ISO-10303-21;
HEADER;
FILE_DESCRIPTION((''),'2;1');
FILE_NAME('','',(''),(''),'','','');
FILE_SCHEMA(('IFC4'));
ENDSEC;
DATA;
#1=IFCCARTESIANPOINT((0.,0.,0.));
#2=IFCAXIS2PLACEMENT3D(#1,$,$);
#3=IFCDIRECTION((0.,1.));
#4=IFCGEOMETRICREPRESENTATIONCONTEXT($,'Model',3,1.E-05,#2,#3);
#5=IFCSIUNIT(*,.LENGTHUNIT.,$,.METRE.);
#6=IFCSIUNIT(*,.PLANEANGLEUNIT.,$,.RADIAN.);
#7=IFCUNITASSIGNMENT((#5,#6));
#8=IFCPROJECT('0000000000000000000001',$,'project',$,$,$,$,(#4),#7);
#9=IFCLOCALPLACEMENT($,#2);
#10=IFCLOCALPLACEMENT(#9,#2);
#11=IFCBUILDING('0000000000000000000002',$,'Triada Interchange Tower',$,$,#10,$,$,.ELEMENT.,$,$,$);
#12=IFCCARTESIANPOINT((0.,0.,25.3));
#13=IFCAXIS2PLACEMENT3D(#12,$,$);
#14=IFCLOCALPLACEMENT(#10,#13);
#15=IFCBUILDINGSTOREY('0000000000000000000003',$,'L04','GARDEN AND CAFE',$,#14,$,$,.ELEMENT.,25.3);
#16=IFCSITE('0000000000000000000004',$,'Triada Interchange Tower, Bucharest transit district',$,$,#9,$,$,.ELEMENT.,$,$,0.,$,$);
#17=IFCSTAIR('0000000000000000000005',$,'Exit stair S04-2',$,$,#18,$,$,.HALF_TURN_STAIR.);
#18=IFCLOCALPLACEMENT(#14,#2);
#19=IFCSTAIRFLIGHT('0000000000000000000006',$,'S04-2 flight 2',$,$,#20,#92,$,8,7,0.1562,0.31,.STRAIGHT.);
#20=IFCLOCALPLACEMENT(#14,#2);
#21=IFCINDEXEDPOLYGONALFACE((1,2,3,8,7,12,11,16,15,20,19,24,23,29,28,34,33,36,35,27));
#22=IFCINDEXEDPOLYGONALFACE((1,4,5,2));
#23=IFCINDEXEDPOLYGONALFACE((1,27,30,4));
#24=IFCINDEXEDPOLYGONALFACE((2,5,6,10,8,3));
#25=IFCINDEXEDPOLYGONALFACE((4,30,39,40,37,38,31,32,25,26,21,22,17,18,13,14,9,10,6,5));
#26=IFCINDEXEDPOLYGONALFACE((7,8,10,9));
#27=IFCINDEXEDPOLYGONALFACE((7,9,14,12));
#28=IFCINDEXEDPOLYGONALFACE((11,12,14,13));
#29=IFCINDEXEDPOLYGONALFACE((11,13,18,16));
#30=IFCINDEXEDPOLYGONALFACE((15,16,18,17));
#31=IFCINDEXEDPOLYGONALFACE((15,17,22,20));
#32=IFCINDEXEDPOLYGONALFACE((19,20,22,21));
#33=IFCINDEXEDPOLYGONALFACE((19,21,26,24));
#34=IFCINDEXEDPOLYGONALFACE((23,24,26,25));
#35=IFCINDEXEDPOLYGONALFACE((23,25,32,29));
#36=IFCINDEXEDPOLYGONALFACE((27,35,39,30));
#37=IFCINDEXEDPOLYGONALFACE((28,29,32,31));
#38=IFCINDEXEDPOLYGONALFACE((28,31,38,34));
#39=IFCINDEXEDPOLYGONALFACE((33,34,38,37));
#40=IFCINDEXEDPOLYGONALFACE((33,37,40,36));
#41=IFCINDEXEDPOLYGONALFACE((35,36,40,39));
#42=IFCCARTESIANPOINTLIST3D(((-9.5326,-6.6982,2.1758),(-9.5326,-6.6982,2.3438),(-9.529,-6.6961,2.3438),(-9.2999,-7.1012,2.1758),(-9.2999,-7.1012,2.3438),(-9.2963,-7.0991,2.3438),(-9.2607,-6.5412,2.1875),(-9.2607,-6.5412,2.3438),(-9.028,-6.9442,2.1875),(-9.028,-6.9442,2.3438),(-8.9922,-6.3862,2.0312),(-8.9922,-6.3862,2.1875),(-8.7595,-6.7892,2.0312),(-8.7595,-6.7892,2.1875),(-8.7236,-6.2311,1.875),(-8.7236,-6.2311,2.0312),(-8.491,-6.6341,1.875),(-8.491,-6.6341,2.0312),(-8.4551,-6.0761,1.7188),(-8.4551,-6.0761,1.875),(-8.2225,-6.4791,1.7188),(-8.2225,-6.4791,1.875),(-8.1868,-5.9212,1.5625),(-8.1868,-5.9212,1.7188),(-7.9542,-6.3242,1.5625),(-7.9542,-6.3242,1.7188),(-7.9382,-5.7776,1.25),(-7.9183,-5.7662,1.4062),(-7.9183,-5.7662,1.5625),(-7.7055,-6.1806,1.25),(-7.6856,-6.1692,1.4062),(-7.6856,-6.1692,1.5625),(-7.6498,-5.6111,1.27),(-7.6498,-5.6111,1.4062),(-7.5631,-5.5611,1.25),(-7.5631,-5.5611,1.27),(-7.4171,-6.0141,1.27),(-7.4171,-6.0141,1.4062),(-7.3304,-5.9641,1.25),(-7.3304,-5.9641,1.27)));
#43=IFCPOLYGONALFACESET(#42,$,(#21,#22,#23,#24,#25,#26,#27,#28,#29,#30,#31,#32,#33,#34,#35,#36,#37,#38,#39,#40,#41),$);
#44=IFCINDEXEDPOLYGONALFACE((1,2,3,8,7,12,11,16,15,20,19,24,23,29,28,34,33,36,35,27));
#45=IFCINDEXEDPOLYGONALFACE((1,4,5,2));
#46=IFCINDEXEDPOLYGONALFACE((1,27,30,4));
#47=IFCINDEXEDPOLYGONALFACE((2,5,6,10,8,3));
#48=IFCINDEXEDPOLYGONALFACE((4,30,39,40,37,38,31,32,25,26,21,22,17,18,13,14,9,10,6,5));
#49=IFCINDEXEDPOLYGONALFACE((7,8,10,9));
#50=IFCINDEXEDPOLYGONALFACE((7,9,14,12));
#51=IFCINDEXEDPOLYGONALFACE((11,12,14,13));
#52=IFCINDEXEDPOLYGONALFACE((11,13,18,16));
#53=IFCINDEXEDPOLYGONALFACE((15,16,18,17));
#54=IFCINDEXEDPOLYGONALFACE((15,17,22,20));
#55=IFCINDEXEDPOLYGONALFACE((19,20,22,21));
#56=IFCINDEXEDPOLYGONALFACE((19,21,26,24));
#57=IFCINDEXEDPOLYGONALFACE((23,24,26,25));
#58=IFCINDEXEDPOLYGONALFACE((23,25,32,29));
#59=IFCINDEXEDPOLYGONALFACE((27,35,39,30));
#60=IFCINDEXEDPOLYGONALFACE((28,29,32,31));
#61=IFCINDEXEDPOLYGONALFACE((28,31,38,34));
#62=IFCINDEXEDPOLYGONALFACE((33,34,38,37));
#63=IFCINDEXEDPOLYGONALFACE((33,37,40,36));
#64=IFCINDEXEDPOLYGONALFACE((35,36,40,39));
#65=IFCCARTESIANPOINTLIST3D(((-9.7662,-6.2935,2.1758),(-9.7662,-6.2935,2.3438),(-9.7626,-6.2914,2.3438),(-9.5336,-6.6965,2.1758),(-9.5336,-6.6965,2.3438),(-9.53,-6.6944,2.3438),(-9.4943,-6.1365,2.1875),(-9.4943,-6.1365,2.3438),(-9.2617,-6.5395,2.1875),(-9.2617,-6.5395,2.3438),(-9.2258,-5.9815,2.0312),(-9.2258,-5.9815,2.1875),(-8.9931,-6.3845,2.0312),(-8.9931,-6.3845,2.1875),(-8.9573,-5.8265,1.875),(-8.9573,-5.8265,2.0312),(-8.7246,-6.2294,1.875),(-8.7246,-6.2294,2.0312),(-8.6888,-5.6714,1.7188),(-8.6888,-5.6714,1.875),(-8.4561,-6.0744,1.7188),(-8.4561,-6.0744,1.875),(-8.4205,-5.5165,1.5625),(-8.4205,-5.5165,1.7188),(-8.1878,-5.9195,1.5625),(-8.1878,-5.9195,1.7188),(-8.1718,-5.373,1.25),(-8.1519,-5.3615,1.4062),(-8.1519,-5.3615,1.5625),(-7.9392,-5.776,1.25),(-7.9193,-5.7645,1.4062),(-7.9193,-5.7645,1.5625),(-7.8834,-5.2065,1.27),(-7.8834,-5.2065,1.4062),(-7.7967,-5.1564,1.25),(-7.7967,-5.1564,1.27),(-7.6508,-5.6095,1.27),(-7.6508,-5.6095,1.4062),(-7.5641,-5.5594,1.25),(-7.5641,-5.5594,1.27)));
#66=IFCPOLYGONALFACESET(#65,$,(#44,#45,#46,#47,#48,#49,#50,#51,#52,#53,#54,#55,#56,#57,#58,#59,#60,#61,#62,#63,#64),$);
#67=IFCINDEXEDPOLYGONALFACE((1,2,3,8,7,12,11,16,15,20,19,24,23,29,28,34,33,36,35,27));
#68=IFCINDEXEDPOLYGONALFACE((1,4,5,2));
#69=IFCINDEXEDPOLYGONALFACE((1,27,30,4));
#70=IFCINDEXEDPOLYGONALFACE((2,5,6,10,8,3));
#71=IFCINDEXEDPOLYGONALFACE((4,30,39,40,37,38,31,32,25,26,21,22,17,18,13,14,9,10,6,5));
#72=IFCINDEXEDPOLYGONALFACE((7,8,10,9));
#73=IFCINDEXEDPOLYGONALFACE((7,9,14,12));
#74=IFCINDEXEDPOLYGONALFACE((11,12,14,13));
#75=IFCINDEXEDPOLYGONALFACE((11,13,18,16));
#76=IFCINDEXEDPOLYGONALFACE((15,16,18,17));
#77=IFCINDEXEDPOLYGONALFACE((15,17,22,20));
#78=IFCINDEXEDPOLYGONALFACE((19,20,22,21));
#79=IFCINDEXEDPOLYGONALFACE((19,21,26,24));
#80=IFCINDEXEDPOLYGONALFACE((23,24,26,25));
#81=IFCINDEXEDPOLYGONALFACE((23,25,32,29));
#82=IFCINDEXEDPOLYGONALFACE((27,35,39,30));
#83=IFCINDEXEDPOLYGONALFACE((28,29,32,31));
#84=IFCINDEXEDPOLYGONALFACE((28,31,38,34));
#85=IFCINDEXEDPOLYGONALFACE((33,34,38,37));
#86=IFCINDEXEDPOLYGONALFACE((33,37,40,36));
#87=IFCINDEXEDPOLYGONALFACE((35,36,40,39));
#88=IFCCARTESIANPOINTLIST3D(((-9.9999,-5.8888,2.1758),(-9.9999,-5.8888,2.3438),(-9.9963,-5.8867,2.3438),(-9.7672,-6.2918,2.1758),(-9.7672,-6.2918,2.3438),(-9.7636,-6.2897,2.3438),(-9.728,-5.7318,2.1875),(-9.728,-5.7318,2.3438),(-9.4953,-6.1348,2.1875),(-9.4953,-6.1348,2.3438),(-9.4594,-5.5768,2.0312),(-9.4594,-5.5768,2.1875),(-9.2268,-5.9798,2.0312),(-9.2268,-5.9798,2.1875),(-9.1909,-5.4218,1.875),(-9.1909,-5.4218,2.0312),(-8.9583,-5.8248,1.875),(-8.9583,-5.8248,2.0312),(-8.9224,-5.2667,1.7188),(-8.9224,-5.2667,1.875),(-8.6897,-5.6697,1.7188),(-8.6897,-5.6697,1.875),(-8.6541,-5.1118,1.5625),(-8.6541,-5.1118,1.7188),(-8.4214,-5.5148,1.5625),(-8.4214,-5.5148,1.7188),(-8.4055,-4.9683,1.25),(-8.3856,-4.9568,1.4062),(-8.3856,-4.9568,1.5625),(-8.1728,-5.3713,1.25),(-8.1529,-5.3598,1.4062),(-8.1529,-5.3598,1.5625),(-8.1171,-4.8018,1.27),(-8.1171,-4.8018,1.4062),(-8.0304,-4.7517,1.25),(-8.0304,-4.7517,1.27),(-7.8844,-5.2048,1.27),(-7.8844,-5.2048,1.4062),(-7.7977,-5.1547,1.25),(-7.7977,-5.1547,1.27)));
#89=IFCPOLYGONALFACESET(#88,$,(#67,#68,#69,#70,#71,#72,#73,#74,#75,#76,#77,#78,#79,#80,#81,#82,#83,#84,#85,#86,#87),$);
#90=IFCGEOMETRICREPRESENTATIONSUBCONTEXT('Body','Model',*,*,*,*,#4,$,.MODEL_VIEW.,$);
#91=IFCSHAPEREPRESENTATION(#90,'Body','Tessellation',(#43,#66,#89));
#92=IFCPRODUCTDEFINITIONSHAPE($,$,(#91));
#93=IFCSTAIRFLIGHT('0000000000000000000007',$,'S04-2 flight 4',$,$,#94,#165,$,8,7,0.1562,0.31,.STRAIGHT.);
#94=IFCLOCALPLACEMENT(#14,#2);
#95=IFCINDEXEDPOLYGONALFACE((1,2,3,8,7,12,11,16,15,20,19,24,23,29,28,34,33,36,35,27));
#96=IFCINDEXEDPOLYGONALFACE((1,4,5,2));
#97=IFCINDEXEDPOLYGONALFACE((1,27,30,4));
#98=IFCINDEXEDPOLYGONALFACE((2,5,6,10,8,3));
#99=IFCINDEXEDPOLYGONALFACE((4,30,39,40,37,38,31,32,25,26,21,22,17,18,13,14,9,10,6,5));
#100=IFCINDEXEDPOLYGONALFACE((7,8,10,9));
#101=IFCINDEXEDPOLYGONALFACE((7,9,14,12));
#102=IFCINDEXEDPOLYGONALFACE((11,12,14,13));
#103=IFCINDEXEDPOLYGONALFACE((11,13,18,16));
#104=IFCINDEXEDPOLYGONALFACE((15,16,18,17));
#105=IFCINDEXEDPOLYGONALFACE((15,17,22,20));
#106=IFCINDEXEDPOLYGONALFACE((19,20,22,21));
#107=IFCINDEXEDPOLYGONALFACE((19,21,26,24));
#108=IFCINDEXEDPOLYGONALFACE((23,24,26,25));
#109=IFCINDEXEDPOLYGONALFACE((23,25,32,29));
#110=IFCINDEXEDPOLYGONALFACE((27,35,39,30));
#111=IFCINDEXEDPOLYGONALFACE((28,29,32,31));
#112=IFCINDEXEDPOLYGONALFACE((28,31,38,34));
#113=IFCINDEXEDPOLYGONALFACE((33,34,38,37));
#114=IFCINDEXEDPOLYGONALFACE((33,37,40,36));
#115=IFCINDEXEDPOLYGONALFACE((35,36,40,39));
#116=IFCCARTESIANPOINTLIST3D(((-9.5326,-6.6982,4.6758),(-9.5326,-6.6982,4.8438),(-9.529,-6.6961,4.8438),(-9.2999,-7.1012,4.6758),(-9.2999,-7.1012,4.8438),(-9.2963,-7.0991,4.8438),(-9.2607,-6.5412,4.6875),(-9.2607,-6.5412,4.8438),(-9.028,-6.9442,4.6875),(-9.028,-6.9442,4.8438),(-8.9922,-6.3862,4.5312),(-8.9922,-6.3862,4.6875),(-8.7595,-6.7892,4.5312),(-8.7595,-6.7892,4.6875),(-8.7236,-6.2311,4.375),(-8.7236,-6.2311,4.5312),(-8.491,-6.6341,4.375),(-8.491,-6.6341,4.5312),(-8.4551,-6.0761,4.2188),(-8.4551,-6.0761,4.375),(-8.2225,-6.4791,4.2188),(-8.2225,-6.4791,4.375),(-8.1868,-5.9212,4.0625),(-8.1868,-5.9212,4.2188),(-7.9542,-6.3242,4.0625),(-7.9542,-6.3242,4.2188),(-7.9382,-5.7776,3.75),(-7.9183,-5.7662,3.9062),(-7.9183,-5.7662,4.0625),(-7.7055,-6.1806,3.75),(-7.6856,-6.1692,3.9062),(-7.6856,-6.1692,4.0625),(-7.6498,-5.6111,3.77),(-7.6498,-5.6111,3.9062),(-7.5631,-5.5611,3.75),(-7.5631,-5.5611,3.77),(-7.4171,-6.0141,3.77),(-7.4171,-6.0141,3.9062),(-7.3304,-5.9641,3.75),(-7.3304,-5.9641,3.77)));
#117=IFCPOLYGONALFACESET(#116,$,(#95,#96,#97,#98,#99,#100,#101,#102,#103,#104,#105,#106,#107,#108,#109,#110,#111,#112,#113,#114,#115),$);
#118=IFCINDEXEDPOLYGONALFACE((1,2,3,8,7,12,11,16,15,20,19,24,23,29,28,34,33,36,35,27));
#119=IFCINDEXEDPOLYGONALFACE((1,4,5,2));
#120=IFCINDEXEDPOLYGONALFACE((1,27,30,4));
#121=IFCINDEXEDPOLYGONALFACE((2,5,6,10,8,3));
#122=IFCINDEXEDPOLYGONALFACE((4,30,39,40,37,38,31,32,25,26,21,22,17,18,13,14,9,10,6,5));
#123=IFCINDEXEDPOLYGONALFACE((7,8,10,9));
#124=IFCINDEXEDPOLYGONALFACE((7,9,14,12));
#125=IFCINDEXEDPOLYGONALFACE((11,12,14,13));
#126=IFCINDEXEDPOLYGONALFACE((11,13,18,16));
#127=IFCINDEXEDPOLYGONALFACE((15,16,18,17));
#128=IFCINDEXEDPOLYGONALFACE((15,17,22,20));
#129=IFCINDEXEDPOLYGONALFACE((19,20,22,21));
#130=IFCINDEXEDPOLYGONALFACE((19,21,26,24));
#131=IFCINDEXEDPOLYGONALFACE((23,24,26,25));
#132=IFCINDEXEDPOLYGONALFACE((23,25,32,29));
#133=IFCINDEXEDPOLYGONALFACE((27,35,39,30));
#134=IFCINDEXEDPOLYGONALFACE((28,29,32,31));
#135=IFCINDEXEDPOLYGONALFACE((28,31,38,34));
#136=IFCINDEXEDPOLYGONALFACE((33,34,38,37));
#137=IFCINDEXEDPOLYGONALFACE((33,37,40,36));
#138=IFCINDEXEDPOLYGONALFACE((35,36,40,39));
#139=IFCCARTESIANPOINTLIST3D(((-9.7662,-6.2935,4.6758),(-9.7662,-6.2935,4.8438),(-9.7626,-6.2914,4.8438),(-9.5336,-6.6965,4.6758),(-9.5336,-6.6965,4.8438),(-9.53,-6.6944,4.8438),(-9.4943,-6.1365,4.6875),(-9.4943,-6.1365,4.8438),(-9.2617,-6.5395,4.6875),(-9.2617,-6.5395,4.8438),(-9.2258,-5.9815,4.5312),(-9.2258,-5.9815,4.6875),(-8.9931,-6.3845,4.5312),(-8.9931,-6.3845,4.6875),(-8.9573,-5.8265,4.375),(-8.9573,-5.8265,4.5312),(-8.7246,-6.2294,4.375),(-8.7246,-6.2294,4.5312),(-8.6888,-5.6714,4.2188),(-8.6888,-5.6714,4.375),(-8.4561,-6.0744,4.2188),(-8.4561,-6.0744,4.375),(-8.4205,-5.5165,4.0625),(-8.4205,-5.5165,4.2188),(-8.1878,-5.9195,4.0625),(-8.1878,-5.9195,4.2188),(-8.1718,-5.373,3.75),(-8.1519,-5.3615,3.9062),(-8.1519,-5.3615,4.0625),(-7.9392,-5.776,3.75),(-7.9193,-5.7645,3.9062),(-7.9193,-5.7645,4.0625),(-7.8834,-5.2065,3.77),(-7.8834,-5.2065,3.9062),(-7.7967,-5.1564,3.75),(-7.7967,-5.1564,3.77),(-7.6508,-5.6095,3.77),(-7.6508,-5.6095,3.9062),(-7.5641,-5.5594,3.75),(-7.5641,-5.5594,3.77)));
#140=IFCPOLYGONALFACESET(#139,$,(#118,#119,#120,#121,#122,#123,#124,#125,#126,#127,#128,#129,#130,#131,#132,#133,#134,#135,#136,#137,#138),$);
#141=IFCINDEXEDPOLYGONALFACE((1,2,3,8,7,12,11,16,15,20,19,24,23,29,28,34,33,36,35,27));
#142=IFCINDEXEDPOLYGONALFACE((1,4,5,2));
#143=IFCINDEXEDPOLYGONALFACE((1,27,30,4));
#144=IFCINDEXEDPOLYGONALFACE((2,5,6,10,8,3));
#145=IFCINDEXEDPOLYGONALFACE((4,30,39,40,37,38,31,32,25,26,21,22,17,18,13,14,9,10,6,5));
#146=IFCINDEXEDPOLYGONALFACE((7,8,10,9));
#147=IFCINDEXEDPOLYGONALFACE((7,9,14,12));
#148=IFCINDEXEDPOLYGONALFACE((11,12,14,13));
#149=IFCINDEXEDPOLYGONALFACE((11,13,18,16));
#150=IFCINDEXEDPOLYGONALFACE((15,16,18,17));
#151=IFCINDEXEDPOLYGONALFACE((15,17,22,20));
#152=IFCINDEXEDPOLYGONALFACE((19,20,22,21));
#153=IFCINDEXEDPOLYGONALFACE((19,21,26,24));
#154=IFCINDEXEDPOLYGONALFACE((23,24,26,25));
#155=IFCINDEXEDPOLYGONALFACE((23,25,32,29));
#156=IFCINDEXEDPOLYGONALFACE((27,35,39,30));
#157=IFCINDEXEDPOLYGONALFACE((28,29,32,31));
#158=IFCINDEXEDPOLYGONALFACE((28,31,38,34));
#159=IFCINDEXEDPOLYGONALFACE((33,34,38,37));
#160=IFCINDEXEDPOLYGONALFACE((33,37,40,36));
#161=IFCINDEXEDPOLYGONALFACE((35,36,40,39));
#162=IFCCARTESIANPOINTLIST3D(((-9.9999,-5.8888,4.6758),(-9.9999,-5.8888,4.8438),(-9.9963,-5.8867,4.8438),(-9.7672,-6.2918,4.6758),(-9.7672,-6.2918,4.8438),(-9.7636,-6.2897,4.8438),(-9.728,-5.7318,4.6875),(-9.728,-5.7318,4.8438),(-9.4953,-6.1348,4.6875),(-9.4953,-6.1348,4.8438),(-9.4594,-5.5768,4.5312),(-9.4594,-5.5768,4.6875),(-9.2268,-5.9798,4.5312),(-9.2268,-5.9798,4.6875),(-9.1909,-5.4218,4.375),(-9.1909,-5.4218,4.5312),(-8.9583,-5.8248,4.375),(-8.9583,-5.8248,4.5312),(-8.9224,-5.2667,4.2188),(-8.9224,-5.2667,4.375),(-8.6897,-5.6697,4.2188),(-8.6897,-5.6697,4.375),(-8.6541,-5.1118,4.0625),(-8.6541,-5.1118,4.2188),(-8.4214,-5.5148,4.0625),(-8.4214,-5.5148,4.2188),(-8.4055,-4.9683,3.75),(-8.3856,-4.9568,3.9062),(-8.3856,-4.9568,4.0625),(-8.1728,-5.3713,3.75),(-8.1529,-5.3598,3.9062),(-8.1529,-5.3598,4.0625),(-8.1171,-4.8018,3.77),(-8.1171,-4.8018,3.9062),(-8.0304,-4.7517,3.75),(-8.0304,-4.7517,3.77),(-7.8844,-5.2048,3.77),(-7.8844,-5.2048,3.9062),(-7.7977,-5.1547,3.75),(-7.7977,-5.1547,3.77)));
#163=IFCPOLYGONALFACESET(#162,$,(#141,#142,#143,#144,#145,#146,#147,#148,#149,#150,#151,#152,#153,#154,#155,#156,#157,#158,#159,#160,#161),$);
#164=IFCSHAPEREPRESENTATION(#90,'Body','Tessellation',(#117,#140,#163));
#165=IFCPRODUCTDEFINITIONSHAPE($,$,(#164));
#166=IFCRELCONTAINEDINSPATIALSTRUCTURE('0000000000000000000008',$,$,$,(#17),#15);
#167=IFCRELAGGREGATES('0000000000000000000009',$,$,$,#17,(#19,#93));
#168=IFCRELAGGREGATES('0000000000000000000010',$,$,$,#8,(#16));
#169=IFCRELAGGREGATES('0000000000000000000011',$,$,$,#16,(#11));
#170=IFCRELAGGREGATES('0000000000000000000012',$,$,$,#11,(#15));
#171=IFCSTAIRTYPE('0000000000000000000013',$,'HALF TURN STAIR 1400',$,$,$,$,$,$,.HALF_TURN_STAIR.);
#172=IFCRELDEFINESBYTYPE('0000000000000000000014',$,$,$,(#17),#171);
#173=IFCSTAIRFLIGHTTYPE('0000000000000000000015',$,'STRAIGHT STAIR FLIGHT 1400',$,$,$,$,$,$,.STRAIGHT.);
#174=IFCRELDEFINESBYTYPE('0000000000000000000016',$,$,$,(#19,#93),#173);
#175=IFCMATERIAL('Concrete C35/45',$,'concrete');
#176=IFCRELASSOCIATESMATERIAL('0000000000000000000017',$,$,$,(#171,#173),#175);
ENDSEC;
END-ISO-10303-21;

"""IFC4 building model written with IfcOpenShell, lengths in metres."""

from ifc_helpers import new_model, si_unit, direction, frame, origin, place, context, subcontext, project, spatial, polyline, outline, extrude, material, type_object, element, aggregate, save


model = new_model("IFC4")

# Units and contexts
model_context = context("Model", 3, precision=1e-05, world=origin(), true_north=direction((0.0, 1.0)))
body_context = subcontext(model_context, "Body", "Model", "MODEL_VIEW")
ifc_project = project(units=[si_unit("LENGTHUNIT", "METRE"), si_unit("PLANEANGLEUNIT", "RADIAN")], contexts=[model_context])

# Site, building, storey
site_placement = place(None, origin())
site = spatial("IfcSite", under=ifc_project, at=site_placement, Name="Triada Interchange Tower, Bucharest transit district", CompositionType="ELEMENT", RefElevation=0.0)
building_placement = place(site_placement, origin())
building = spatial("IfcBuilding", under=site, at=building_placement, Name="Triada Interchange Tower", CompositionType="ELEMENT")
storey_placement = place(building_placement, frame((0.0, 0.0, 25.3)))
storey = spatial("IfcBuildingStorey", under=building, at=storey_placement, Name="L04", Description="GARDEN AND CAFE", CompositionType="ELEMENT", Elevation=25.3)

# Stair, stair flights
ifc_material_1 = material(Name="Concrete C35/45", Category="concrete")
stair_type = type_object("IfcStairType", Name="HALF TURN STAIR 1400", PredefinedType="HALF_TURN_STAIR", material=ifc_material_1)
stair_placement = place(storey_placement, origin())
stair = element("IfcStair", 1, at=stair_placement, inside=storey, type_object=stair_type, Name="Exit stair S04-2", PredefinedType="HALF_TURN_STAIR")
stair_flight_type = type_object("IfcStairFlightType", Name="STRAIGHT STAIR FLIGHT 1400", PredefinedType="STRAIGHT", material=ifc_material_1)
stair_flight_1_placement = place(storey_placement, frame((-7.7671, -5.408, 1.25), z_axis=(0.0, 0.0, 1.0), x_axis=(-0.866025, -0.5, 0.0)))
stair_flight_1 = element("IfcStairFlight", 2, at=stair_flight_1_placement, type_object=stair_flight_type, Name="S04-2 flight 2", NumberOfRisers=8, NumberOfTreads=7, PredefinedType="STRAIGHT", RiserHeight=0.1562, TreadLength=0.31, context=body_context, shape_type="SweptSolid", body=[
    extrude(outline(polyline([(-0.1001, 0.0), (-0.1001, 0.02), (0.0, 0.02), (0.0, 0.1562), (0.3101, 0.1562), (0.3101, 0.3125), (0.6201, 0.3125), (0.6201, 0.4688), (0.9299, 0.4688), (0.9299, 0.625), (1.24, 0.625), (1.24, 0.7812), (1.55, 0.7812), (1.55, 0.9375), (1.8601, 0.9375), (1.8601, 1.0938), (2.1699, 1.0938), (2.1741, 1.0938), (2.1741, 1.25), (2.1741, 0.9258), (0.333, 0.0), (-0.1001, 0.0)])), frame((0.0, 0.7, 0.0), z_axis=(0.0, -1.0, 0.0), x_axis=(1.0, 0.0, 0.0)), (0.0, 0.0, 1.0), 0.4653),
    extrude(outline(polyline([(-0.1001, 0.0), (-0.1001, 0.02), (0.0, 0.02), (0.0, 0.1562), (0.3101, 0.1562), (0.3101, 0.3125), (0.6201, 0.3125), (0.6201, 0.4688), (0.9299, 0.4688), (0.9299, 0.625), (1.24, 0.625), (1.24, 0.7812), (1.55, 0.7812), (1.55, 0.9375), (1.8601, 0.9375), (1.8601, 1.0938), (2.1699, 1.0938), (2.1741, 1.0938), (2.1741, 1.25), (2.1741, 0.9258), (0.333, 0.0), (-0.1001, 0.0)])), frame((0.0, 0.2327, 0.0), z_axis=(0.0, -1.0, 0.0), x_axis=(1.0, 0.0, 0.0)), (0.0, 0.0, 1.0), 0.4653),
    extrude(outline(polyline([(-0.1001, 0.0), (-0.1001, 0.02), (0.0, 0.02), (0.0, 0.1562), (0.3101, 0.1562), (0.3101, 0.3125), (0.6201, 0.3125), (0.6201, 0.4688), (0.9299, 0.4688), (0.9299, 0.625), (1.24, 0.625), (1.24, 0.7812), (1.55, 0.7812), (1.55, 0.9375), (1.8601, 0.9375), (1.8601, 1.0938), (2.1699, 1.0938), (2.1741, 1.0938), (2.1741, 1.25), (2.1741, 0.9258), (0.333, 0.0), (-0.1001, 0.0)])), frame((0.0, -0.2346, 0.0), z_axis=(0.0, -1.0, 0.0), x_axis=(1.0, 0.0, 0.0)), (0.0, 0.0, 1.0), 0.4653),
])
stair_flight_2_placement = place(storey_placement, frame((-7.7671, -5.408, 3.75), z_axis=(0.0, 0.0, 1.0), x_axis=(-0.866025, -0.5, 0.0)))
stair_flight_2 = element("IfcStairFlight", 3, at=stair_flight_2_placement, type_object=stair_flight_type, Name="S04-2 flight 4", NumberOfRisers=8, NumberOfTreads=7, PredefinedType="STRAIGHT", RiserHeight=0.1562, TreadLength=0.31, context=body_context, shape_type="SweptSolid", body=[
    extrude(outline(polyline([(-0.1001, 0.0), (-0.1001, 0.02), (0.0, 0.02), (0.0, 0.1562), (0.3101, 0.1562), (0.3101, 0.3125), (0.6201, 0.3125), (0.6201, 0.4688), (0.9299, 0.4688), (0.9299, 0.625), (1.24, 0.625), (1.24, 0.7812), (1.55, 0.7812), (1.55, 0.9375), (1.8601, 0.9375), (1.8601, 1.0938), (2.1699, 1.0938), (2.1741, 1.0938), (2.1741, 1.25), (2.1741, 0.9258), (0.333, 0.0), (-0.1001, 0.0)])), frame((0.0, 0.7, 0.0), z_axis=(0.0, -1.0, 0.0), x_axis=(1.0, 0.0, 0.0)), (0.0, 0.0, 1.0), 0.4653),
    extrude(outline(polyline([(-0.1001, 0.0), (-0.1001, 0.02), (0.0, 0.02), (0.0, 0.1562), (0.3101, 0.1562), (0.3101, 0.3125), (0.6201, 0.3125), (0.6201, 0.4688), (0.9299, 0.4688), (0.9299, 0.625), (1.24, 0.625), (1.24, 0.7812), (1.55, 0.7812), (1.55, 0.9375), (1.8601, 0.9375), (1.8601, 1.0938), (2.1699, 1.0938), (2.1741, 1.0938), (2.1741, 1.25), (2.1741, 0.9258), (0.333, 0.0), (-0.1001, 0.0)])), frame((0.0, 0.2327, 0.0), z_axis=(0.0, -1.0, 0.0), x_axis=(1.0, 0.0, 0.0)), (0.0, 0.0, 1.0), 0.4653),
    extrude(outline(polyline([(-0.1001, 0.0), (-0.1001, 0.02), (0.0, 0.02), (0.0, 0.1562), (0.3101, 0.1562), (0.3101, 0.3125), (0.6201, 0.3125), (0.6201, 0.4688), (0.9299, 0.4688), (0.9299, 0.625), (1.24, 0.625), (1.24, 0.7812), (1.55, 0.7812), (1.55, 0.9375), (1.8601, 0.9375), (1.8601, 1.0938), (2.1699, 1.0938), (2.1741, 1.0938), (2.1741, 1.25), (2.1741, 0.9258), (0.333, 0.0), (-0.1001, 0.0)])), frame((0.0, -0.2346, 0.0), z_axis=(0.0, -1.0, 0.0), x_axis=(1.0, 0.0, 0.0)), (0.0, 0.0, 1.0), 0.4653),
])
aggregate(stair, [stair_flight_1, stair_flight_2])

save(model, "model.ifc")
